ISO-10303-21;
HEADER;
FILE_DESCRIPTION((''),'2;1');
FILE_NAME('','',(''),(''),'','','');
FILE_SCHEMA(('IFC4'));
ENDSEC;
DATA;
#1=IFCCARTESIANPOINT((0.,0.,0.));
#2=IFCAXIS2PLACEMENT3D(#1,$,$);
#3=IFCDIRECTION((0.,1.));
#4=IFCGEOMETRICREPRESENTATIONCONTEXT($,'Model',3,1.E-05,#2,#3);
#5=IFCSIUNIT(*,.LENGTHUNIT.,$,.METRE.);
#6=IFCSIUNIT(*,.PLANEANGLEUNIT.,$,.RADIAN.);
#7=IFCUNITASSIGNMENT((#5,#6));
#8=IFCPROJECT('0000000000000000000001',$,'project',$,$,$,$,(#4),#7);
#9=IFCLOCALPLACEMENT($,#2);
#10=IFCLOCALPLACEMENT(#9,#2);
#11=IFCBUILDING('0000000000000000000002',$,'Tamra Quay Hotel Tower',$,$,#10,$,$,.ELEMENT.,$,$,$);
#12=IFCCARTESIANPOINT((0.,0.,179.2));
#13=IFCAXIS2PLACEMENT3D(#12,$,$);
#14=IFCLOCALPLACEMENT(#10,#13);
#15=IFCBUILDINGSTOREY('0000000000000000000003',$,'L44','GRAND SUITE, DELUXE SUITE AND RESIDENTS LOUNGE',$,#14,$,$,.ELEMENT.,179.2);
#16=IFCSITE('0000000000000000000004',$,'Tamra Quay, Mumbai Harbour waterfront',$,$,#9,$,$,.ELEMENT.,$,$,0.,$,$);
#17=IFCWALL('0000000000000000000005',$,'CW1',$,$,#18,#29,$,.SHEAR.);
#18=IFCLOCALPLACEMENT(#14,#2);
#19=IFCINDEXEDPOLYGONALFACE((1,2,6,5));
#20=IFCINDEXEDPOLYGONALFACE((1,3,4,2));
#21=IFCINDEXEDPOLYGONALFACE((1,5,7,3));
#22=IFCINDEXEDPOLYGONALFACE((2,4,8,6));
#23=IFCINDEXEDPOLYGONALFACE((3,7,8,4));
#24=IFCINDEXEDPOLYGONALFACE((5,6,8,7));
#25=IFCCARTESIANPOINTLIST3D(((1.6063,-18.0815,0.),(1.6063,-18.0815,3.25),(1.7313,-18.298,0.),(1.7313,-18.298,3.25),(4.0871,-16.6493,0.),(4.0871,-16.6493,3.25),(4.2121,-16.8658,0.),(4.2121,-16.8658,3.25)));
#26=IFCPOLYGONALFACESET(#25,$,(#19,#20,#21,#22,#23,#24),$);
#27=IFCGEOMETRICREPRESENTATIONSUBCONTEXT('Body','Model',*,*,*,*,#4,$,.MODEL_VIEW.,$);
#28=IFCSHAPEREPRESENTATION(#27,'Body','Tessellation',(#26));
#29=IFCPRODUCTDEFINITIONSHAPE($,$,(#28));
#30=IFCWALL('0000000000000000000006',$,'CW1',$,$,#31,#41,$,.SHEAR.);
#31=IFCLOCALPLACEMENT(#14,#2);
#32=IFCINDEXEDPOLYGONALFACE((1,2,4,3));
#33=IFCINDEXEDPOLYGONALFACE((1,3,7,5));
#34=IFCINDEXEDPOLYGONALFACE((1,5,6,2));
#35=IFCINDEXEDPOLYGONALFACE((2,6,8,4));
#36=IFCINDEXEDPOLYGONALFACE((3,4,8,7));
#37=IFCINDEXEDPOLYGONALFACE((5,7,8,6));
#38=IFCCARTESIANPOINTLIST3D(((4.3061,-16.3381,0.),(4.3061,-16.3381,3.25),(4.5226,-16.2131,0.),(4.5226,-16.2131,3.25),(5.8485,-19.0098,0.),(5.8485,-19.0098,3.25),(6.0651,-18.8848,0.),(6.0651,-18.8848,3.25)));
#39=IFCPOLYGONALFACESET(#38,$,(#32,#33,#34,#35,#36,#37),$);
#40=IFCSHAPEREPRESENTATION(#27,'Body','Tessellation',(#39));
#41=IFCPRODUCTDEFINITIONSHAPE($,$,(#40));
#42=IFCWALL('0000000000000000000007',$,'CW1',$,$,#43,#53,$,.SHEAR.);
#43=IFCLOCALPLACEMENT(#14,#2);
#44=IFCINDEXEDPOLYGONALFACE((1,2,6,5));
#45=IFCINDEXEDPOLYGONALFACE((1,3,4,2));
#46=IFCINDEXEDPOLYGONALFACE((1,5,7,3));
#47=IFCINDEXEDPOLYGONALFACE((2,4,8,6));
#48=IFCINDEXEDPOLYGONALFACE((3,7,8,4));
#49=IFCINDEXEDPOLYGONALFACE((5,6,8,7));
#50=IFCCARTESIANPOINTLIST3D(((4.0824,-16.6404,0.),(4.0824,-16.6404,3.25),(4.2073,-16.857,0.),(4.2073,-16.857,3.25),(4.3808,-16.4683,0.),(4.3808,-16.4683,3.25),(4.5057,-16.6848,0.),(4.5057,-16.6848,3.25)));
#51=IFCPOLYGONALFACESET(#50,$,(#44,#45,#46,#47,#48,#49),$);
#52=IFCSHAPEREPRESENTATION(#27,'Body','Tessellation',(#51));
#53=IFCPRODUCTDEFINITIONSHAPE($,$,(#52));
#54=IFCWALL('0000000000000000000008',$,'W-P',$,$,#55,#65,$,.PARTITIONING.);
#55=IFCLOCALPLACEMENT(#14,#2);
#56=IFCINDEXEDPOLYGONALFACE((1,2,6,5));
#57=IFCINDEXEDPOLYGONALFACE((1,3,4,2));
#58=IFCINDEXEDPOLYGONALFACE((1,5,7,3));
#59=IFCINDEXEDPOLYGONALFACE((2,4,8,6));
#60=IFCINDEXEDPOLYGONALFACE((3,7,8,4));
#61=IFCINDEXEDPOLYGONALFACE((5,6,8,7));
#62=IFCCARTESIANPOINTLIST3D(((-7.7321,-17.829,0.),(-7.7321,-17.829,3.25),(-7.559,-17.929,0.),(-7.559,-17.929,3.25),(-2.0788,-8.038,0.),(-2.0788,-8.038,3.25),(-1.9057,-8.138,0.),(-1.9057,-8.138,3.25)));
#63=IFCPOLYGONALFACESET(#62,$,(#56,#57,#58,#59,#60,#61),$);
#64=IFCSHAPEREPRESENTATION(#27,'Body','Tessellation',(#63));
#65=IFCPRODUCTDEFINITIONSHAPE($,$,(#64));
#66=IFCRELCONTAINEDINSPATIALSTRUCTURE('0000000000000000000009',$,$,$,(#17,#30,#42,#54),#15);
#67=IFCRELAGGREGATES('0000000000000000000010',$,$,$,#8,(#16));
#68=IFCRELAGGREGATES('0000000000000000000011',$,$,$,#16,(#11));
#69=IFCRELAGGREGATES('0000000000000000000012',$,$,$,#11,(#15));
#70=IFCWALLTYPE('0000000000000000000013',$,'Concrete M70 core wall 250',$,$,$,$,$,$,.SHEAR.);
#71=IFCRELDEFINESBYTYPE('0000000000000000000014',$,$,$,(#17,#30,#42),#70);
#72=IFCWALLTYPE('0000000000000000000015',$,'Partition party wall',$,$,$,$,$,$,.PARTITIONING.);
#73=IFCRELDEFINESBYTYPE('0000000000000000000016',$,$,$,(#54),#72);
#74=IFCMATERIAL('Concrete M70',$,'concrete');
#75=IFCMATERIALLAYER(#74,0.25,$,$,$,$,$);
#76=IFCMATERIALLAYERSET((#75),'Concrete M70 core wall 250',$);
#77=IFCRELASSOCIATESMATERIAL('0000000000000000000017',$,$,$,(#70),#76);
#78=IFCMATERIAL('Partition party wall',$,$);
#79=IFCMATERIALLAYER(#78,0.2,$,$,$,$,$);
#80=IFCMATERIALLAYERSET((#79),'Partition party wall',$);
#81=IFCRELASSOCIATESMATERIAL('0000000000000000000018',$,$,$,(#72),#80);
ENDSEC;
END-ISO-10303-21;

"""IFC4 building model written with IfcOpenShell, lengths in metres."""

from ifc_helpers import new_model, si_unit, direction, frame, frame_2d, origin, place, context, subcontext, project, spatial, rectangle, extrude, material, layer, layer_set, type_object, element, save


model = new_model("IFC4")

# Units and contexts
model_context = context("Model", 3, precision=1e-05, world=origin(), true_north=direction((0.0, 1.0)))
body_context = subcontext(model_context, "Body", "Model", "MODEL_VIEW")
ifc_project = project(units=[si_unit("LENGTHUNIT", "METRE"), si_unit("PLANEANGLEUNIT", "RADIAN")], contexts=[model_context])

# Site, building, storey
site_placement = place(None, origin())
site = spatial("IfcSite", under=ifc_project, at=site_placement, Name="Tamra Quay, Mumbai Harbour waterfront", CompositionType="ELEMENT", RefElevation=0.0)
building_placement = place(site_placement, origin())
building = spatial("IfcBuilding", under=site, at=building_placement, Name="Tamra Quay Hotel Tower", CompositionType="ELEMENT")
storey_placement = place(building_placement, frame((0.0, 0.0, 179.2)))
storey = spatial("IfcBuildingStorey", under=building, at=storey_placement, Name="L44", Description="GRAND SUITE, DELUXE SUITE AND RESIDENTS LOUNGE", CompositionType="ELEMENT", Elevation=179.2)

# Shared definitions
ifc_material_1 = material(Name="Concrete M70", Category="concrete")

# Walls
ifc_layer_1 = layer(ifc_material_1, 0.25)
ifc_layer_set_1 = layer_set([ifc_layer_1], Name="Concrete M70 core wall 250")
wall_type_1 = type_object("IfcWallType", Name="Concrete M70 core wall 250", PredefinedType="SHEAR", material=ifc_layer_set_1)
wall_1_placement = place(storey_placement, frame((1.6689, -18.1897, 0.0), z_axis=(0.0, 0.0, 1.0), x_axis=(0.866042, 0.499971, 0.0)))
element("IfcWall", 1, at=wall_1_placement, inside=storey, type_object=wall_type_1, Name="CW1", PredefinedType="SHEAR", context=body_context, shape_type="SweptSolid", body=[
    extrude(rectangle(XDim=2.8645, YDim=0.25, at=frame_2d((1.4321, 0.0))), origin(), (0.0, 0.0, 1.0), 3.25),
])
wall_2_placement = place(storey_placement, frame((4.4143, -16.2756, 0.0), z_axis=(0.0, 0.0, 1.0), x_axis=(0.500003, -0.866023, 0.0)))
element("IfcWall", 2, at=wall_2_placement, inside=storey, type_object=wall_type_1, Name="CW1", PredefinedType="SHEAR", context=body_context, shape_type="SweptSolid", body=[
    extrude(rectangle(XDim=3.085, YDim=0.25, at=frame_2d((1.5425, 0.0))), origin(), (0.0, 0.0, 1.0), 3.25),
])
wall_3_placement = place(storey_placement, frame((4.1448, -16.7488, 0.0), z_axis=(0.0, 0.0, 1.0), x_axis=(0.866186, 0.499722, 0.0)))
element("IfcWall", 3, at=wall_3_placement, inside=storey, type_object=wall_type_1, Name="CW1", PredefinedType="SHEAR", context=body_context, shape_type="SweptSolid", body=[
    extrude(rectangle(XDim=0.3445, YDim=0.25, at=frame_2d((0.1724, 0.0))), origin(), (0.0, 0.0, 1.0), 3.25),
])
ifc_material_2 = material(Name="Partition party wall")
ifc_layer_2 = layer(ifc_material_2, 0.2)
ifc_layer_set_2 = layer_set([ifc_layer_2], Name="Partition party wall")
wall_type_2 = type_object("IfcWallType", Name="Partition party wall", PredefinedType="PARTITIONING", material=ifc_layer_set_2)
wall_4_placement = place(storey_placement, frame((-7.6455, -17.8789, 0.0), z_axis=(0.0, 0.0, 1.0), x_axis=(0.500031, 0.866007, 0.0)))
element("IfcWall", 4, at=wall_4_placement, inside=storey, type_object=wall_type_2, Name="W-P", PredefinedType="PARTITIONING", context=body_context, shape_type="SweptSolid", body=[
    extrude(rectangle(XDim=11.3059, YDim=0.2, at=frame_2d((5.6528, 0.0))), origin(), (0.0, 0.0, 1.0), 3.25),
])

save(model, "model.ifc")
